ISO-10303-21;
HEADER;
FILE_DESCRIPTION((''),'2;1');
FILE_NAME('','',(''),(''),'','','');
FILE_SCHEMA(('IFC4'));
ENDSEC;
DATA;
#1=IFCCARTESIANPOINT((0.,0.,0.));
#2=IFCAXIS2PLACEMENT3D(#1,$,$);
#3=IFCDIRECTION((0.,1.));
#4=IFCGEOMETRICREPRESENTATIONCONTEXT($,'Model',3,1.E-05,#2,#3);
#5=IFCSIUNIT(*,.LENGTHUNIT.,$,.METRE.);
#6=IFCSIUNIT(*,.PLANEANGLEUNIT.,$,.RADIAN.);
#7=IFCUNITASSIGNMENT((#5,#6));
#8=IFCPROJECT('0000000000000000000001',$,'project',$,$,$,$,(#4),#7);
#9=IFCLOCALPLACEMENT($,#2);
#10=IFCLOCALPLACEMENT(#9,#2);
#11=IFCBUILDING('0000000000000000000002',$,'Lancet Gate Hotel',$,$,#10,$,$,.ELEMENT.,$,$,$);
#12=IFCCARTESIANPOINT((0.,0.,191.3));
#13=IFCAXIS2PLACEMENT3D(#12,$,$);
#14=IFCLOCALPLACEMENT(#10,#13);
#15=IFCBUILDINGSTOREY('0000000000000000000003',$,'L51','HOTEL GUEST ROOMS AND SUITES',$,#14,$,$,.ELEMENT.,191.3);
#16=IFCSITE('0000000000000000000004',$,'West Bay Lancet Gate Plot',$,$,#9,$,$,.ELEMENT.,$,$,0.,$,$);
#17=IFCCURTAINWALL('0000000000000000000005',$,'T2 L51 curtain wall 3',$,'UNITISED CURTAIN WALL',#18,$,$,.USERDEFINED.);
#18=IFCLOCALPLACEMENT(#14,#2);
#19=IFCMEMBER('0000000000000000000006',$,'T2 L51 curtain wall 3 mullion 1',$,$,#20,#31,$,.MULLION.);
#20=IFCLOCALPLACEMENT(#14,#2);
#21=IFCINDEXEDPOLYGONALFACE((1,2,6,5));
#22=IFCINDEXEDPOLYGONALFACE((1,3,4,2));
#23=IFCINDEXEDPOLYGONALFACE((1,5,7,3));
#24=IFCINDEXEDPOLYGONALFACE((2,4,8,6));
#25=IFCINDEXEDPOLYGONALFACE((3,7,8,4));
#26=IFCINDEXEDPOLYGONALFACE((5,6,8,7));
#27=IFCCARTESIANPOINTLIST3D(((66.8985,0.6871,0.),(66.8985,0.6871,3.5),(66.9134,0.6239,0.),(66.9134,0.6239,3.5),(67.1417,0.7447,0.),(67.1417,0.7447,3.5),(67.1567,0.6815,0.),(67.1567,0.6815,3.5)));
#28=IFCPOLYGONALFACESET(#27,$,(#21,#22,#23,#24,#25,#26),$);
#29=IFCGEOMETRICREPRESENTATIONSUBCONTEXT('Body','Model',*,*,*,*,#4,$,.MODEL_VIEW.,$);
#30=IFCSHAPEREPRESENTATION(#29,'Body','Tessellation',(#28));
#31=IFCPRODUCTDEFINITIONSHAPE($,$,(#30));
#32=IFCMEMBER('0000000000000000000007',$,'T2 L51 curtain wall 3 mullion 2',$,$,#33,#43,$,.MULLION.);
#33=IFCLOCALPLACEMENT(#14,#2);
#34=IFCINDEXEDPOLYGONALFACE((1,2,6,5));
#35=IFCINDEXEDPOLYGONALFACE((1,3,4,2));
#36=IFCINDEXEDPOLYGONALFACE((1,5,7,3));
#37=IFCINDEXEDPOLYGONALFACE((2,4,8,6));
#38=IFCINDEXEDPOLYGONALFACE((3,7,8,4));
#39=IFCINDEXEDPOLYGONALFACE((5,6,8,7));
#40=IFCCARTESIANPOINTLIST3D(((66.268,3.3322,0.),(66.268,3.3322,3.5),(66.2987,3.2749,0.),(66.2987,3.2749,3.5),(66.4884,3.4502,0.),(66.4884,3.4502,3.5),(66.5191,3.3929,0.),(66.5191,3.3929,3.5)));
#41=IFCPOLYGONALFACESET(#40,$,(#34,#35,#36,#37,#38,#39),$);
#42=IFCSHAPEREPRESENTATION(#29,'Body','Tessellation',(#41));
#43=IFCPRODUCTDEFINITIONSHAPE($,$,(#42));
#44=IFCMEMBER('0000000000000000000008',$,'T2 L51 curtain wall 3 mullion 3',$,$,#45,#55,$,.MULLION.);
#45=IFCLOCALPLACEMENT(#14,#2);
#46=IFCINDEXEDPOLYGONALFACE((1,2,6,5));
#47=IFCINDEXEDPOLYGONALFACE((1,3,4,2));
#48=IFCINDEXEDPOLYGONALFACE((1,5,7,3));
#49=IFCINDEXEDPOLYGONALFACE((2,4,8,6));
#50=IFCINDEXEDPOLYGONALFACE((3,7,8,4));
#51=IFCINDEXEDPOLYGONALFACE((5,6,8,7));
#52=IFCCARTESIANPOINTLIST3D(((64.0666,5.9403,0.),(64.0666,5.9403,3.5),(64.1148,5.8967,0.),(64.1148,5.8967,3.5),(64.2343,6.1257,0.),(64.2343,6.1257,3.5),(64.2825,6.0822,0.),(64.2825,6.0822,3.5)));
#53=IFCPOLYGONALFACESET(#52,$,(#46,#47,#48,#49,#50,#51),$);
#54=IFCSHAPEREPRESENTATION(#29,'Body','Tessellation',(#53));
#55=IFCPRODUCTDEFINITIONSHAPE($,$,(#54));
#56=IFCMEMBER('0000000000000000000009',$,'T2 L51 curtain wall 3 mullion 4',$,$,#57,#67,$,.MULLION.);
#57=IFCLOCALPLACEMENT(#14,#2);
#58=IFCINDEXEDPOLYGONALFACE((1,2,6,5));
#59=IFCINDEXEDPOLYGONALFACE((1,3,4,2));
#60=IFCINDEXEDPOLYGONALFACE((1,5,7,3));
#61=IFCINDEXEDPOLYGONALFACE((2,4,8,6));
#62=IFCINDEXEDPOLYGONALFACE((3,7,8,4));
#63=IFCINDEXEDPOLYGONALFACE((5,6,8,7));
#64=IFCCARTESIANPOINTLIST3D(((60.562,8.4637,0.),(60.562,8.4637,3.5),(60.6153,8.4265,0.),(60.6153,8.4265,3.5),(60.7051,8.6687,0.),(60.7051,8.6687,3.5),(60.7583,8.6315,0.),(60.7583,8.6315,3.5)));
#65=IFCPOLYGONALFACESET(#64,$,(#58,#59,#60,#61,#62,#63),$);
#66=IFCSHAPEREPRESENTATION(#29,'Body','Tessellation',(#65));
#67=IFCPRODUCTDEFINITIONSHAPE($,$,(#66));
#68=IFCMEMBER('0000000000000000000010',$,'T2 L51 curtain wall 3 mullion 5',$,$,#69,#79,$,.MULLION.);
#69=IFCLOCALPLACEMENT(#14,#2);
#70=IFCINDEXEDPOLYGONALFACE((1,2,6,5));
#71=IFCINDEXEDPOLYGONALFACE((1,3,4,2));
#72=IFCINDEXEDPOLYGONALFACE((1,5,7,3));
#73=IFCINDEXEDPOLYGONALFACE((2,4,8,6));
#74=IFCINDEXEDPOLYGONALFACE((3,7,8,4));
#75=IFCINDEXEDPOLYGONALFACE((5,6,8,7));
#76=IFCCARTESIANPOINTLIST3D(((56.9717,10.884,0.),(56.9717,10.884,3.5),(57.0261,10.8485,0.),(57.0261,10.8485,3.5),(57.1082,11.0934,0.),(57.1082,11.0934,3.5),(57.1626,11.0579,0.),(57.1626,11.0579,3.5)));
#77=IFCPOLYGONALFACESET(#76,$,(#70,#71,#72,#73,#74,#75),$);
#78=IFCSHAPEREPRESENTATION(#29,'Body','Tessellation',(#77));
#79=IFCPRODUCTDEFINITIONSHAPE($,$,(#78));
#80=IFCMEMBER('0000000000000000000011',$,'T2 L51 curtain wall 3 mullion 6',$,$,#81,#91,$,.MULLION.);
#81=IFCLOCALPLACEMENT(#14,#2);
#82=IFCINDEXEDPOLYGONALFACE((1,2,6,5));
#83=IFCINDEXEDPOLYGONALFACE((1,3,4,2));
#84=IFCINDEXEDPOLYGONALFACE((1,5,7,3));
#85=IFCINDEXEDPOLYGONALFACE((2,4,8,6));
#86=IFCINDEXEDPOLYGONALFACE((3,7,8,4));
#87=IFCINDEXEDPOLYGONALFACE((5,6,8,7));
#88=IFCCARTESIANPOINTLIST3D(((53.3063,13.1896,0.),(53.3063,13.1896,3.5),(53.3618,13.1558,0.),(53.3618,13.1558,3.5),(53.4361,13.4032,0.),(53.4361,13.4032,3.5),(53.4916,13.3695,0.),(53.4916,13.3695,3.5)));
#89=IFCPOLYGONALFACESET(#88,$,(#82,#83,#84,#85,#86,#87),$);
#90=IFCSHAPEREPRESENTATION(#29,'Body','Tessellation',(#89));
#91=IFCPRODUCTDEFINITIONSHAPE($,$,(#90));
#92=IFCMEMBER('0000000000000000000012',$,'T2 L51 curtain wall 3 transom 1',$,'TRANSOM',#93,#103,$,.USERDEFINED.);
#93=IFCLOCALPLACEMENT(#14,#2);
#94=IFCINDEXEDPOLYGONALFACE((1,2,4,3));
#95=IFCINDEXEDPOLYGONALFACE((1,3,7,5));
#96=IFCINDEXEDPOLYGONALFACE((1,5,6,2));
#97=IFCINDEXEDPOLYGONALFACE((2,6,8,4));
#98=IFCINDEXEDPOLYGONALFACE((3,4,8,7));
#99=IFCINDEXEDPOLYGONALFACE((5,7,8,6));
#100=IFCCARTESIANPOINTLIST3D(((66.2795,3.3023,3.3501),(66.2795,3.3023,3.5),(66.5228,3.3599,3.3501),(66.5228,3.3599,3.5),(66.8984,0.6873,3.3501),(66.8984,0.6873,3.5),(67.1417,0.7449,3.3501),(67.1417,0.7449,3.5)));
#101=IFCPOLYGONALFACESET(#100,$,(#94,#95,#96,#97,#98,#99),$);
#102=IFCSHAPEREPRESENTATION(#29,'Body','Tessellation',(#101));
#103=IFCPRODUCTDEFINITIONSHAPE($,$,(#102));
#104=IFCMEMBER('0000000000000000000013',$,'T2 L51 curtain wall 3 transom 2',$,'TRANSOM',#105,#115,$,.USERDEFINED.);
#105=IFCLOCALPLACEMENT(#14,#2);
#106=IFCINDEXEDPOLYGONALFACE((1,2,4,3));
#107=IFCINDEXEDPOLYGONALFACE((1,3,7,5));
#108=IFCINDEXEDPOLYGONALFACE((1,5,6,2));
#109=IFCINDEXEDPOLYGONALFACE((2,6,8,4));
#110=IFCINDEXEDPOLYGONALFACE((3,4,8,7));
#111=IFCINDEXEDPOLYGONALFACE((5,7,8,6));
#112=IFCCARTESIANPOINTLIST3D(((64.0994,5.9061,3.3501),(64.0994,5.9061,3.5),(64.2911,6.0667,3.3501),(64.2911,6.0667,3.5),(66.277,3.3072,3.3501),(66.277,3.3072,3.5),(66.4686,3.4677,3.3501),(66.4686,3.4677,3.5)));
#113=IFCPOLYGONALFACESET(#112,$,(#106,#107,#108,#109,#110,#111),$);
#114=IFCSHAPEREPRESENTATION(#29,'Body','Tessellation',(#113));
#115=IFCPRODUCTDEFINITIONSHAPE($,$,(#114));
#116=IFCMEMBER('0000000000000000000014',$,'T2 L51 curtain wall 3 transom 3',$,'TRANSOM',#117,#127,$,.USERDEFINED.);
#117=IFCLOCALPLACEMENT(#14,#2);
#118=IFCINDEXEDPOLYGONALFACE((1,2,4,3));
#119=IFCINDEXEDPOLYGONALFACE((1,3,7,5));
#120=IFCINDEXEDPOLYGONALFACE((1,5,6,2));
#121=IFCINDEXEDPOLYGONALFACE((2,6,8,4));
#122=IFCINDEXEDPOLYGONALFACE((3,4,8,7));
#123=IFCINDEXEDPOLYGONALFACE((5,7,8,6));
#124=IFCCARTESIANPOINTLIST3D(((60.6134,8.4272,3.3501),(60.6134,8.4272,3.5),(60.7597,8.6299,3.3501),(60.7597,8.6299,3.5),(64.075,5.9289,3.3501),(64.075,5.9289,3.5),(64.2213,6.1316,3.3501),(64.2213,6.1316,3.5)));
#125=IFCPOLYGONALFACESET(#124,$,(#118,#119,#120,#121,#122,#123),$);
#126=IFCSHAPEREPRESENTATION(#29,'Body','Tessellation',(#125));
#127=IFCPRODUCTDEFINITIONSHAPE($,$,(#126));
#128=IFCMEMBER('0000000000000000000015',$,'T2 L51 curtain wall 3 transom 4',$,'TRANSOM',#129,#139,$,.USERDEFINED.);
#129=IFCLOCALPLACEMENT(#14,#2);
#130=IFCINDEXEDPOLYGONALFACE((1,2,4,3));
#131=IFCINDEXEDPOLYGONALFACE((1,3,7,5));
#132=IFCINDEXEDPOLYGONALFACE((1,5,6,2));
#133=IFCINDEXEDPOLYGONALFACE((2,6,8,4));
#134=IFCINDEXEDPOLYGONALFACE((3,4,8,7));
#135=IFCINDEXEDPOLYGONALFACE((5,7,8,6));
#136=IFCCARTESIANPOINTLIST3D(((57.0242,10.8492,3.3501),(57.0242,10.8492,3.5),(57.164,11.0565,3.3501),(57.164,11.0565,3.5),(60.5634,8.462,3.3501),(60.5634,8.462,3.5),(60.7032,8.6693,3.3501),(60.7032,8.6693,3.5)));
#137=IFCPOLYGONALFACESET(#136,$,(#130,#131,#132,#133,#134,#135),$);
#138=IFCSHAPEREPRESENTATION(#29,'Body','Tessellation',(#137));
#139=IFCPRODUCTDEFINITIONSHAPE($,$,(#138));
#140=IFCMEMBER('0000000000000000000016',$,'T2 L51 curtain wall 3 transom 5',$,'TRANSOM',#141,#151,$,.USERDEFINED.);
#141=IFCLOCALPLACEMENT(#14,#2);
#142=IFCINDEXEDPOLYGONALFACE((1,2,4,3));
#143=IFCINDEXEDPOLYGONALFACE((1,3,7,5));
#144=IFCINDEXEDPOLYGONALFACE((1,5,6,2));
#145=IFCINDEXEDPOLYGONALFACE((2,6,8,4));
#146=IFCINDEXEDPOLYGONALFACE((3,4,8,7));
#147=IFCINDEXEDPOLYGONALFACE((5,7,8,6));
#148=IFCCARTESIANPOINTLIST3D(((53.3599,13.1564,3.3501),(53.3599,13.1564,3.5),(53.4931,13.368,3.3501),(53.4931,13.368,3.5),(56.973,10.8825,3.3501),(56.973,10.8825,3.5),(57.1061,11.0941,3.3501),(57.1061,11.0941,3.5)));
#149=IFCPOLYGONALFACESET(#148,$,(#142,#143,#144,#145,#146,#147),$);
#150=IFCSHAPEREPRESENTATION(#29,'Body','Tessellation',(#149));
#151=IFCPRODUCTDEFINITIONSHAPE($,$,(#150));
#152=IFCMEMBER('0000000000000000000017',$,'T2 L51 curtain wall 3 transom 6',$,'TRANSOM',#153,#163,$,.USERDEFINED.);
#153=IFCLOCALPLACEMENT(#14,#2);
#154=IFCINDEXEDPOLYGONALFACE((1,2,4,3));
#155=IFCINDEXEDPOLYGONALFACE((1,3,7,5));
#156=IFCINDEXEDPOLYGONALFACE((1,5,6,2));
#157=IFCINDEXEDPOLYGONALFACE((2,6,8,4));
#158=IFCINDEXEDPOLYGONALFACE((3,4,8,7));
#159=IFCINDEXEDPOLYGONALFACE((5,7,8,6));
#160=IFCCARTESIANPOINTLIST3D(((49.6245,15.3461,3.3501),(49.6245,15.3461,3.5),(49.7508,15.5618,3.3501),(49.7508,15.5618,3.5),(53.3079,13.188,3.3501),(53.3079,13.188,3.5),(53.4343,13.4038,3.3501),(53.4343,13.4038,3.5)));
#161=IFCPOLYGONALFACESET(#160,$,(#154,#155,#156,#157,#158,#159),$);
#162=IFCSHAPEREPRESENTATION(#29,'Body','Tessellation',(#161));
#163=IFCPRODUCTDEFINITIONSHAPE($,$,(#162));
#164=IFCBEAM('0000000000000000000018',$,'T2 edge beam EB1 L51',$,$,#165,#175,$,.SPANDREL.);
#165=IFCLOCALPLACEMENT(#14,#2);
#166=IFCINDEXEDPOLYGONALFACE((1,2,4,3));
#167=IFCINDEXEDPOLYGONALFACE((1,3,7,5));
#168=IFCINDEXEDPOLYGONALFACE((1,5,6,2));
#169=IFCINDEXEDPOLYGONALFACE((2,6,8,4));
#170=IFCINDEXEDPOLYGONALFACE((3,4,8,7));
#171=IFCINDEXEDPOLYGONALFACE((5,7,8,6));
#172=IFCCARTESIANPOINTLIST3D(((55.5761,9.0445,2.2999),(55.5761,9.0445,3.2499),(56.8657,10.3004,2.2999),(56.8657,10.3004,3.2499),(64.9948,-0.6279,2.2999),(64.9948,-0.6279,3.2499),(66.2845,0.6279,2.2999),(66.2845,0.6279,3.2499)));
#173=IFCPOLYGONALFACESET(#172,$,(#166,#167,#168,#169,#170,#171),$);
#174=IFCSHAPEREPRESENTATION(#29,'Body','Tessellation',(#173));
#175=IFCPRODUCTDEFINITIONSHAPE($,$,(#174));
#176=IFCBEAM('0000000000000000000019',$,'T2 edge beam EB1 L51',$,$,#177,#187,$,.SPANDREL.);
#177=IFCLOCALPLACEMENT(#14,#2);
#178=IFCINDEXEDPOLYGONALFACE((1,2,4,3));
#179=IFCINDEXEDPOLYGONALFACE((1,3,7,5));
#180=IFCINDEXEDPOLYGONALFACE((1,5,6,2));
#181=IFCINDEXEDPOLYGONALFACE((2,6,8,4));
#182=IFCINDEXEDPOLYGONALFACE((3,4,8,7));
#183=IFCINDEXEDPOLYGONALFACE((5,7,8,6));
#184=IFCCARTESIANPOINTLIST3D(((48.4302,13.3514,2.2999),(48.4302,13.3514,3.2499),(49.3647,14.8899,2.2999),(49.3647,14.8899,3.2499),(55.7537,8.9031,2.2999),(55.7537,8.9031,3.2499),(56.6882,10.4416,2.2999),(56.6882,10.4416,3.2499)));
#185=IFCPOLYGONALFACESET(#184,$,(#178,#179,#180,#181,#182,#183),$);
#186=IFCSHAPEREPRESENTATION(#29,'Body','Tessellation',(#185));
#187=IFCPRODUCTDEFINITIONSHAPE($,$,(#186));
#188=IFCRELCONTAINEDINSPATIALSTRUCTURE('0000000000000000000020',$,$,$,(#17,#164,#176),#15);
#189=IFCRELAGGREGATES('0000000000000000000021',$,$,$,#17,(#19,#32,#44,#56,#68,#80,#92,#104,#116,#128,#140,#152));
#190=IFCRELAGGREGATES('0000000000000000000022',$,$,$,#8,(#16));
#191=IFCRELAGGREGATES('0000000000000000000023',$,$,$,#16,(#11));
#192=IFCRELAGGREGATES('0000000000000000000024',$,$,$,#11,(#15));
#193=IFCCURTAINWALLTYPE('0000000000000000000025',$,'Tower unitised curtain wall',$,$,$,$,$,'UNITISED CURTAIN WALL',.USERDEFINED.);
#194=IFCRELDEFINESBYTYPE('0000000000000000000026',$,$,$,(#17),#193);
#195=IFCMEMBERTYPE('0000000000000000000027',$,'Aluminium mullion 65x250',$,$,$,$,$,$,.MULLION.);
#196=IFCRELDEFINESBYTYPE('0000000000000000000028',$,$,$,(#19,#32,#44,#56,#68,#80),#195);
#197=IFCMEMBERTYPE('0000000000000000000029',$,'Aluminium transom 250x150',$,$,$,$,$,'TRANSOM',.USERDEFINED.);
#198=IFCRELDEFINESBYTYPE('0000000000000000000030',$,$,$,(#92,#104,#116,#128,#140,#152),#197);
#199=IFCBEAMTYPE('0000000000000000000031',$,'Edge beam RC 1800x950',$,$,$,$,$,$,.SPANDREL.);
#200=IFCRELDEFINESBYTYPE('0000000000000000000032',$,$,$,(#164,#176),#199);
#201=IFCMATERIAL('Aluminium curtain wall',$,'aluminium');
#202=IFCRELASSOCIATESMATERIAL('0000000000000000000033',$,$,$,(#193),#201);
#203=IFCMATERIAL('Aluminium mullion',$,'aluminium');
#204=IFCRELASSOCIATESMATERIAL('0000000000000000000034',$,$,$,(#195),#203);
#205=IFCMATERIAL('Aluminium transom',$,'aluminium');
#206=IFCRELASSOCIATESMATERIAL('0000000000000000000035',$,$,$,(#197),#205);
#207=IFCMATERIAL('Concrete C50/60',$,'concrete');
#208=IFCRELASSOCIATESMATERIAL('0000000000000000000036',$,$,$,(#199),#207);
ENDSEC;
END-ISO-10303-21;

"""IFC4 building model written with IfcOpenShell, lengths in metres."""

from ifc_helpers import new_model, si_unit, direction, frame, origin, origin_2d, place, context, subcontext, project, spatial, rectangle, extrude, material, material_profile, profile_set, type_object, element, aggregate, save


model = new_model("IFC4")

# Units and contexts
model_context = context("Model", 3, precision=1e-05, world=origin(), true_north=direction((0.0, 1.0)))
body_context = subcontext(model_context, "Body", "Model", "MODEL_VIEW")
ifc_project = project(units=[si_unit("LENGTHUNIT", "METRE"), si_unit("PLANEANGLEUNIT", "RADIAN")], contexts=[model_context])

# Site, building, storey
site_placement = place(None, origin())
site = spatial("IfcSite", under=ifc_project, at=site_placement, Name="West Bay Lancet Gate Plot", CompositionType="ELEMENT", RefElevation=0.0)
building_placement = place(site_placement, origin())
building = spatial("IfcBuilding", under=site, at=building_placement, Name="Lancet Gate Hotel", CompositionType="ELEMENT")
storey_placement = place(building_placement, frame((0.0, 0.0, 191.3)))
storey = spatial("IfcBuildingStorey", under=building, at=storey_placement, Name="L51", Description="HOTEL GUEST ROOMS AND SUITES", CompositionType="ELEMENT", Elevation=191.3)

# Curtain wall, members
ifc_material_1 = material(Name="Aluminium curtain wall", Category="aluminium")
curtain_wall_type = type_object("IfcCurtainWallType", Name="Tower unitised curtain wall", ElementType="UNITISED CURTAIN WALL", PredefinedType="USERDEFINED", material=ifc_material_1)
curtain_wall_placement = place(storey_placement, origin())
curtain_wall = element("IfcCurtainWall", 1, at=curtain_wall_placement, inside=storey, type_object=curtain_wall_type, Name="T2 L51 curtain wall 3", ObjectType="UNITISED CURTAIN WALL", PredefinedType="USERDEFINED")
ifc_material_2 = material(Name="Aluminium mullion", Category="aluminium")
ifc_material_profile_1 = material_profile(ifc_material_2, rectangle(XDim=0.0649, YDim=0.25, at=origin_2d()), Name="MULLION 65x250")
ifc_profile_set_1 = profile_set([ifc_material_profile_1], Name="Aluminium mullion")
member_type_1 = type_object("IfcMemberType", Name="Aluminium mullion 65x250", PredefinedType="MULLION", material=ifc_profile_set_1)
member_1_placement = place(storey_placement, frame((67.0276, 0.6843, 0.0), z_axis=(0.0, 0.0, 1.0), x_axis=(-0.230367, 0.973104, 0.0)))
member_1 = element("IfcMember", 2, at=member_1_placement, type_object=member_type_1, Name="T2 L51 curtain wall 3 mullion 1", PredefinedType="MULLION", context=body_context, shape_type="SweptSolid", body=[
    extrude(rectangle(XDim=0.0649, YDim=0.25, at=origin_2d()), origin(), (0.0, 0.0, 1.0), 3.5),
])
member_2_placement = place(storey_placement, frame((66.3936, 3.3625, 0.0), z_axis=(0.0, 0.0, 1.0), x_axis=(-0.472146, 0.88152, 0.0)))
member_2 = element("IfcMember", 3, at=member_2_placement, type_object=member_type_1, Name="T2 L51 curtain wall 3 mullion 2", PredefinedType="MULLION", context=body_context, shape_type="SweptSolid", body=[
    extrude(rectangle(XDim=0.0649, YDim=0.25, at=origin_2d()), origin(), (0.0, 0.0, 1.0), 3.5),
])
member_3_placement = place(storey_placement, frame((64.1746, 6.0112, 0.0), z_axis=(0.0, 0.0, 1.0), x_axis=(-0.741693, 0.670739, 0.0)))
member_3 = element("IfcMember", 4, at=member_3_placement, type_object=member_type_1, Name="T2 L51 curtain wall 3 mullion 3", PredefinedType="MULLION", context=body_context, shape_type="SweptSolid", body=[
    extrude(rectangle(XDim=0.0649, YDim=0.25, at=origin_2d()), origin(), (0.0, 0.0, 1.0), 3.5),
])
member_4_placement = place(storey_placement, frame((60.6602, 8.5476, 0.0), z_axis=(0.0, 0.0, 1.0), x_axis=(-0.820068, 0.572266, 0.0)))
member_4 = element("IfcMember", 5, at=member_4_placement, type_object=member_type_1, Name="T2 L51 curtain wall 3 mullion 4", PredefinedType="MULLION", context=body_context, shape_type="SweptSolid", body=[
    extrude(rectangle(XDim=0.0649, YDim=0.25, at=origin_2d()), origin(), (0.0, 0.0, 1.0), 3.5),
])
member_5_placement = place(storey_placement, frame((57.0671, 10.9709, 0.0), z_axis=(0.0, 0.0, 1.0), x_axis=(-0.837801, 0.545976, 0.0)))
member_5 = element("IfcMember", 6, at=member_5_placement, type_object=member_type_1, Name="T2 L51 curtain wall 3 mullion 5", PredefinedType="MULLION", context=body_context, shape_type="SweptSolid", body=[
    extrude(rectangle(XDim=0.0649, YDim=0.25, at=origin_2d()), origin(), (0.0, 0.0, 1.0), 3.5),
])
member_6_placement = place(storey_placement, frame((53.3989, 13.2795, 0.0), z_axis=(0.0, 0.0, 1.0), x_axis=(-0.854691, 0.519137, 0.0)))
member_6 = element("IfcMember", 7, at=member_6_placement, type_object=member_type_1, Name="T2 L51 curtain wall 3 mullion 6", PredefinedType="MULLION", context=body_context, shape_type="SweptSolid", body=[
    extrude(rectangle(XDim=0.0649, YDim=0.25, at=origin_2d()), origin(), (0.0, 0.0, 1.0), 3.5),
])
ifc_material_3 = material(Name="Aluminium transom", Category="aluminium")
ifc_material_profile_2 = material_profile(ifc_material_3, rectangle(XDim=0.25, YDim=0.1499, at=origin_2d()), Name="TRANSOM 250x150")
ifc_profile_set_2 = profile_set([ifc_material_profile_2], Name="Aluminium transom")
member_type_2 = type_object("IfcMemberType", Name="Aluminium transom 250x150", ElementType="TRANSOM", PredefinedType="USERDEFINED", material=ifc_profile_set_2)
member_7_placement = place(storey_placement, frame((67.02, 0.7161, 3.425), z_axis=(-0.23031, 0.973117, 0.0), x_axis=(-0.973117, -0.23031, 0.0)))
member_7 = element("IfcMember", 8, at=member_7_placement, type_object=member_type_2, Name="T2 L51 curtain wall 3 transom 1", ObjectType="TRANSOM", PredefinedType="USERDEFINED", context=body_context, shape_type="SweptSolid", body=[
    extrude(rectangle(XDim=0.25, YDim=0.1499, at=origin_2d()), origin(), (0.0, 0.0, 1.0), 2.6873),
])
member_8_placement = place(storey_placement, frame((66.3728, 3.3875, 3.425), z_axis=(-0.642229, 0.766513, 0.0), x_axis=(-0.766513, -0.642229, 0.0)))
member_8 = element("IfcMember", 9, at=member_8_placement, type_object=member_type_2, Name="T2 L51 curtain wall 3 transom 2", ObjectType="TRANSOM", PredefinedType="USERDEFINED", context=body_context, shape_type="SweptSolid", body=[
    extrude(rectangle(XDim=0.25, YDim=0.1499, at=origin_2d()), origin(), (0.0, 0.0, 1.0), 3.3906),
])
member_9_placement = place(storey_placement, frame((64.1482, 6.0303, 3.425), z_axis=(-0.81088, 0.585213, 0.0), x_axis=(-0.585213, -0.81088, 0.0)))
member_9 = element("IfcMember", 10, at=member_9_placement, type_object=member_type_2, Name="T2 L51 curtain wall 3 transom 3", ObjectType="TRANSOM", PredefinedType="USERDEFINED", context=body_context, shape_type="SweptSolid", body=[
    extrude(rectangle(XDim=0.25, YDim=0.1499, at=origin_2d()), origin(), (0.0, 0.0, 1.0), 4.269),
])
member_10_placement = place(storey_placement, frame((60.6333, 8.5657, 3.425), z_axis=(-0.829047, 0.559179, 0.0), x_axis=(-0.559179, -0.829047, 0.0)))
member_10 = element("IfcMember", 11, at=member_10_placement, type_object=member_type_2, Name="T2 L51 curtain wall 3 transom 4", ObjectType="TRANSOM", PredefinedType="USERDEFINED", context=body_context, shape_type="SweptSolid", body=[
    extrude(rectangle(XDim=0.25, YDim=0.1499, at=origin_2d()), origin(), (0.0, 0.0, 1.0), 4.269),
])
member_11_placement = place(storey_placement, frame((57.0396, 10.9883, 3.425), z_axis=(-0.846333, 0.532654, 0.0), x_axis=(-0.532654, -0.846333, 0.0)))
member_11 = element("IfcMember", 12, at=member_11_placement, type_object=member_type_2, Name="T2 L51 curtain wall 3 transom 5", ObjectType="TRANSOM", PredefinedType="USERDEFINED", context=body_context, shape_type="SweptSolid", body=[
    extrude(rectangle(XDim=0.25, YDim=0.1499, at=origin_2d()), origin(), (0.0, 0.0, 1.0), 4.269),
])
member_12_placement = place(storey_placement, frame((53.3711, 13.2959, 3.425), z_axis=(-0.862825, 0.505502, 0.0), x_axis=(-0.505502, -0.862825, 0.0)))
member_12 = element("IfcMember", 13, at=member_12_placement, type_object=member_type_2, Name="T2 L51 curtain wall 3 transom 6", ObjectType="TRANSOM", PredefinedType="USERDEFINED", context=body_context, shape_type="SweptSolid", body=[
    extrude(rectangle(XDim=0.25, YDim=0.1499, at=origin_2d()), origin(), (0.0, 0.0, 1.0), 4.269),
])

# Beams
ifc_material_4 = material(Name="Concrete C50/60", Category="concrete")
ifc_material_profile_3 = material_profile(ifc_material_4, rectangle(XDim=1.8, YDim=0.95, at=origin_2d()), Name="RC 1800x950")
ifc_profile_set_3 = profile_set([ifc_material_profile_3], Name="Concrete C50/60")
beam_type_1 = type_object("IfcBeamType", Name="Edge beam RC 1800x950", PredefinedType="SPANDREL", material=ifc_profile_set_3)
beam_1_placement = place(storey_placement, frame((65.6396, 0.0, 2.7749), z_axis=(-0.69765, 0.716439, 0.0), x_axis=(-0.716439, -0.69765, 0.0)))
element("IfcBeam", 14, at=beam_1_placement, inside=storey, type_object=beam_type_1, Name="T2 edge beam EB1 L51", PredefinedType="SPANDREL", context=body_context, shape_type="SweptSolid", body=[
    extrude(rectangle(XDim=1.8, YDim=0.95, at=origin_2d()), origin(), (0.0, 0.0, 1.0), 13.5007),
])
beam_2_placement = place(storey_placement, frame((56.2209, 9.6724, 2.7749), z_axis=(-0.854692, 0.519135, 0.0), x_axis=(-0.519135, -0.854692, 0.0)))
element("IfcBeam", 15, at=beam_2_placement, inside=storey, type_object=beam_type_1, Name="T2 edge beam EB1 L51", PredefinedType="SPANDREL", context=body_context, shape_type="SweptSolid", body=[
    extrude(rectangle(XDim=1.8, YDim=0.95, at=origin_2d()), origin(), (0.0, 0.0, 1.0), 8.5686),
])

aggregate(curtain_wall, [member_1, member_2, member_3, member_4, member_5, member_6, member_7, member_8, member_9, member_10, member_11, member_12])

save(model, "model.ifc")
